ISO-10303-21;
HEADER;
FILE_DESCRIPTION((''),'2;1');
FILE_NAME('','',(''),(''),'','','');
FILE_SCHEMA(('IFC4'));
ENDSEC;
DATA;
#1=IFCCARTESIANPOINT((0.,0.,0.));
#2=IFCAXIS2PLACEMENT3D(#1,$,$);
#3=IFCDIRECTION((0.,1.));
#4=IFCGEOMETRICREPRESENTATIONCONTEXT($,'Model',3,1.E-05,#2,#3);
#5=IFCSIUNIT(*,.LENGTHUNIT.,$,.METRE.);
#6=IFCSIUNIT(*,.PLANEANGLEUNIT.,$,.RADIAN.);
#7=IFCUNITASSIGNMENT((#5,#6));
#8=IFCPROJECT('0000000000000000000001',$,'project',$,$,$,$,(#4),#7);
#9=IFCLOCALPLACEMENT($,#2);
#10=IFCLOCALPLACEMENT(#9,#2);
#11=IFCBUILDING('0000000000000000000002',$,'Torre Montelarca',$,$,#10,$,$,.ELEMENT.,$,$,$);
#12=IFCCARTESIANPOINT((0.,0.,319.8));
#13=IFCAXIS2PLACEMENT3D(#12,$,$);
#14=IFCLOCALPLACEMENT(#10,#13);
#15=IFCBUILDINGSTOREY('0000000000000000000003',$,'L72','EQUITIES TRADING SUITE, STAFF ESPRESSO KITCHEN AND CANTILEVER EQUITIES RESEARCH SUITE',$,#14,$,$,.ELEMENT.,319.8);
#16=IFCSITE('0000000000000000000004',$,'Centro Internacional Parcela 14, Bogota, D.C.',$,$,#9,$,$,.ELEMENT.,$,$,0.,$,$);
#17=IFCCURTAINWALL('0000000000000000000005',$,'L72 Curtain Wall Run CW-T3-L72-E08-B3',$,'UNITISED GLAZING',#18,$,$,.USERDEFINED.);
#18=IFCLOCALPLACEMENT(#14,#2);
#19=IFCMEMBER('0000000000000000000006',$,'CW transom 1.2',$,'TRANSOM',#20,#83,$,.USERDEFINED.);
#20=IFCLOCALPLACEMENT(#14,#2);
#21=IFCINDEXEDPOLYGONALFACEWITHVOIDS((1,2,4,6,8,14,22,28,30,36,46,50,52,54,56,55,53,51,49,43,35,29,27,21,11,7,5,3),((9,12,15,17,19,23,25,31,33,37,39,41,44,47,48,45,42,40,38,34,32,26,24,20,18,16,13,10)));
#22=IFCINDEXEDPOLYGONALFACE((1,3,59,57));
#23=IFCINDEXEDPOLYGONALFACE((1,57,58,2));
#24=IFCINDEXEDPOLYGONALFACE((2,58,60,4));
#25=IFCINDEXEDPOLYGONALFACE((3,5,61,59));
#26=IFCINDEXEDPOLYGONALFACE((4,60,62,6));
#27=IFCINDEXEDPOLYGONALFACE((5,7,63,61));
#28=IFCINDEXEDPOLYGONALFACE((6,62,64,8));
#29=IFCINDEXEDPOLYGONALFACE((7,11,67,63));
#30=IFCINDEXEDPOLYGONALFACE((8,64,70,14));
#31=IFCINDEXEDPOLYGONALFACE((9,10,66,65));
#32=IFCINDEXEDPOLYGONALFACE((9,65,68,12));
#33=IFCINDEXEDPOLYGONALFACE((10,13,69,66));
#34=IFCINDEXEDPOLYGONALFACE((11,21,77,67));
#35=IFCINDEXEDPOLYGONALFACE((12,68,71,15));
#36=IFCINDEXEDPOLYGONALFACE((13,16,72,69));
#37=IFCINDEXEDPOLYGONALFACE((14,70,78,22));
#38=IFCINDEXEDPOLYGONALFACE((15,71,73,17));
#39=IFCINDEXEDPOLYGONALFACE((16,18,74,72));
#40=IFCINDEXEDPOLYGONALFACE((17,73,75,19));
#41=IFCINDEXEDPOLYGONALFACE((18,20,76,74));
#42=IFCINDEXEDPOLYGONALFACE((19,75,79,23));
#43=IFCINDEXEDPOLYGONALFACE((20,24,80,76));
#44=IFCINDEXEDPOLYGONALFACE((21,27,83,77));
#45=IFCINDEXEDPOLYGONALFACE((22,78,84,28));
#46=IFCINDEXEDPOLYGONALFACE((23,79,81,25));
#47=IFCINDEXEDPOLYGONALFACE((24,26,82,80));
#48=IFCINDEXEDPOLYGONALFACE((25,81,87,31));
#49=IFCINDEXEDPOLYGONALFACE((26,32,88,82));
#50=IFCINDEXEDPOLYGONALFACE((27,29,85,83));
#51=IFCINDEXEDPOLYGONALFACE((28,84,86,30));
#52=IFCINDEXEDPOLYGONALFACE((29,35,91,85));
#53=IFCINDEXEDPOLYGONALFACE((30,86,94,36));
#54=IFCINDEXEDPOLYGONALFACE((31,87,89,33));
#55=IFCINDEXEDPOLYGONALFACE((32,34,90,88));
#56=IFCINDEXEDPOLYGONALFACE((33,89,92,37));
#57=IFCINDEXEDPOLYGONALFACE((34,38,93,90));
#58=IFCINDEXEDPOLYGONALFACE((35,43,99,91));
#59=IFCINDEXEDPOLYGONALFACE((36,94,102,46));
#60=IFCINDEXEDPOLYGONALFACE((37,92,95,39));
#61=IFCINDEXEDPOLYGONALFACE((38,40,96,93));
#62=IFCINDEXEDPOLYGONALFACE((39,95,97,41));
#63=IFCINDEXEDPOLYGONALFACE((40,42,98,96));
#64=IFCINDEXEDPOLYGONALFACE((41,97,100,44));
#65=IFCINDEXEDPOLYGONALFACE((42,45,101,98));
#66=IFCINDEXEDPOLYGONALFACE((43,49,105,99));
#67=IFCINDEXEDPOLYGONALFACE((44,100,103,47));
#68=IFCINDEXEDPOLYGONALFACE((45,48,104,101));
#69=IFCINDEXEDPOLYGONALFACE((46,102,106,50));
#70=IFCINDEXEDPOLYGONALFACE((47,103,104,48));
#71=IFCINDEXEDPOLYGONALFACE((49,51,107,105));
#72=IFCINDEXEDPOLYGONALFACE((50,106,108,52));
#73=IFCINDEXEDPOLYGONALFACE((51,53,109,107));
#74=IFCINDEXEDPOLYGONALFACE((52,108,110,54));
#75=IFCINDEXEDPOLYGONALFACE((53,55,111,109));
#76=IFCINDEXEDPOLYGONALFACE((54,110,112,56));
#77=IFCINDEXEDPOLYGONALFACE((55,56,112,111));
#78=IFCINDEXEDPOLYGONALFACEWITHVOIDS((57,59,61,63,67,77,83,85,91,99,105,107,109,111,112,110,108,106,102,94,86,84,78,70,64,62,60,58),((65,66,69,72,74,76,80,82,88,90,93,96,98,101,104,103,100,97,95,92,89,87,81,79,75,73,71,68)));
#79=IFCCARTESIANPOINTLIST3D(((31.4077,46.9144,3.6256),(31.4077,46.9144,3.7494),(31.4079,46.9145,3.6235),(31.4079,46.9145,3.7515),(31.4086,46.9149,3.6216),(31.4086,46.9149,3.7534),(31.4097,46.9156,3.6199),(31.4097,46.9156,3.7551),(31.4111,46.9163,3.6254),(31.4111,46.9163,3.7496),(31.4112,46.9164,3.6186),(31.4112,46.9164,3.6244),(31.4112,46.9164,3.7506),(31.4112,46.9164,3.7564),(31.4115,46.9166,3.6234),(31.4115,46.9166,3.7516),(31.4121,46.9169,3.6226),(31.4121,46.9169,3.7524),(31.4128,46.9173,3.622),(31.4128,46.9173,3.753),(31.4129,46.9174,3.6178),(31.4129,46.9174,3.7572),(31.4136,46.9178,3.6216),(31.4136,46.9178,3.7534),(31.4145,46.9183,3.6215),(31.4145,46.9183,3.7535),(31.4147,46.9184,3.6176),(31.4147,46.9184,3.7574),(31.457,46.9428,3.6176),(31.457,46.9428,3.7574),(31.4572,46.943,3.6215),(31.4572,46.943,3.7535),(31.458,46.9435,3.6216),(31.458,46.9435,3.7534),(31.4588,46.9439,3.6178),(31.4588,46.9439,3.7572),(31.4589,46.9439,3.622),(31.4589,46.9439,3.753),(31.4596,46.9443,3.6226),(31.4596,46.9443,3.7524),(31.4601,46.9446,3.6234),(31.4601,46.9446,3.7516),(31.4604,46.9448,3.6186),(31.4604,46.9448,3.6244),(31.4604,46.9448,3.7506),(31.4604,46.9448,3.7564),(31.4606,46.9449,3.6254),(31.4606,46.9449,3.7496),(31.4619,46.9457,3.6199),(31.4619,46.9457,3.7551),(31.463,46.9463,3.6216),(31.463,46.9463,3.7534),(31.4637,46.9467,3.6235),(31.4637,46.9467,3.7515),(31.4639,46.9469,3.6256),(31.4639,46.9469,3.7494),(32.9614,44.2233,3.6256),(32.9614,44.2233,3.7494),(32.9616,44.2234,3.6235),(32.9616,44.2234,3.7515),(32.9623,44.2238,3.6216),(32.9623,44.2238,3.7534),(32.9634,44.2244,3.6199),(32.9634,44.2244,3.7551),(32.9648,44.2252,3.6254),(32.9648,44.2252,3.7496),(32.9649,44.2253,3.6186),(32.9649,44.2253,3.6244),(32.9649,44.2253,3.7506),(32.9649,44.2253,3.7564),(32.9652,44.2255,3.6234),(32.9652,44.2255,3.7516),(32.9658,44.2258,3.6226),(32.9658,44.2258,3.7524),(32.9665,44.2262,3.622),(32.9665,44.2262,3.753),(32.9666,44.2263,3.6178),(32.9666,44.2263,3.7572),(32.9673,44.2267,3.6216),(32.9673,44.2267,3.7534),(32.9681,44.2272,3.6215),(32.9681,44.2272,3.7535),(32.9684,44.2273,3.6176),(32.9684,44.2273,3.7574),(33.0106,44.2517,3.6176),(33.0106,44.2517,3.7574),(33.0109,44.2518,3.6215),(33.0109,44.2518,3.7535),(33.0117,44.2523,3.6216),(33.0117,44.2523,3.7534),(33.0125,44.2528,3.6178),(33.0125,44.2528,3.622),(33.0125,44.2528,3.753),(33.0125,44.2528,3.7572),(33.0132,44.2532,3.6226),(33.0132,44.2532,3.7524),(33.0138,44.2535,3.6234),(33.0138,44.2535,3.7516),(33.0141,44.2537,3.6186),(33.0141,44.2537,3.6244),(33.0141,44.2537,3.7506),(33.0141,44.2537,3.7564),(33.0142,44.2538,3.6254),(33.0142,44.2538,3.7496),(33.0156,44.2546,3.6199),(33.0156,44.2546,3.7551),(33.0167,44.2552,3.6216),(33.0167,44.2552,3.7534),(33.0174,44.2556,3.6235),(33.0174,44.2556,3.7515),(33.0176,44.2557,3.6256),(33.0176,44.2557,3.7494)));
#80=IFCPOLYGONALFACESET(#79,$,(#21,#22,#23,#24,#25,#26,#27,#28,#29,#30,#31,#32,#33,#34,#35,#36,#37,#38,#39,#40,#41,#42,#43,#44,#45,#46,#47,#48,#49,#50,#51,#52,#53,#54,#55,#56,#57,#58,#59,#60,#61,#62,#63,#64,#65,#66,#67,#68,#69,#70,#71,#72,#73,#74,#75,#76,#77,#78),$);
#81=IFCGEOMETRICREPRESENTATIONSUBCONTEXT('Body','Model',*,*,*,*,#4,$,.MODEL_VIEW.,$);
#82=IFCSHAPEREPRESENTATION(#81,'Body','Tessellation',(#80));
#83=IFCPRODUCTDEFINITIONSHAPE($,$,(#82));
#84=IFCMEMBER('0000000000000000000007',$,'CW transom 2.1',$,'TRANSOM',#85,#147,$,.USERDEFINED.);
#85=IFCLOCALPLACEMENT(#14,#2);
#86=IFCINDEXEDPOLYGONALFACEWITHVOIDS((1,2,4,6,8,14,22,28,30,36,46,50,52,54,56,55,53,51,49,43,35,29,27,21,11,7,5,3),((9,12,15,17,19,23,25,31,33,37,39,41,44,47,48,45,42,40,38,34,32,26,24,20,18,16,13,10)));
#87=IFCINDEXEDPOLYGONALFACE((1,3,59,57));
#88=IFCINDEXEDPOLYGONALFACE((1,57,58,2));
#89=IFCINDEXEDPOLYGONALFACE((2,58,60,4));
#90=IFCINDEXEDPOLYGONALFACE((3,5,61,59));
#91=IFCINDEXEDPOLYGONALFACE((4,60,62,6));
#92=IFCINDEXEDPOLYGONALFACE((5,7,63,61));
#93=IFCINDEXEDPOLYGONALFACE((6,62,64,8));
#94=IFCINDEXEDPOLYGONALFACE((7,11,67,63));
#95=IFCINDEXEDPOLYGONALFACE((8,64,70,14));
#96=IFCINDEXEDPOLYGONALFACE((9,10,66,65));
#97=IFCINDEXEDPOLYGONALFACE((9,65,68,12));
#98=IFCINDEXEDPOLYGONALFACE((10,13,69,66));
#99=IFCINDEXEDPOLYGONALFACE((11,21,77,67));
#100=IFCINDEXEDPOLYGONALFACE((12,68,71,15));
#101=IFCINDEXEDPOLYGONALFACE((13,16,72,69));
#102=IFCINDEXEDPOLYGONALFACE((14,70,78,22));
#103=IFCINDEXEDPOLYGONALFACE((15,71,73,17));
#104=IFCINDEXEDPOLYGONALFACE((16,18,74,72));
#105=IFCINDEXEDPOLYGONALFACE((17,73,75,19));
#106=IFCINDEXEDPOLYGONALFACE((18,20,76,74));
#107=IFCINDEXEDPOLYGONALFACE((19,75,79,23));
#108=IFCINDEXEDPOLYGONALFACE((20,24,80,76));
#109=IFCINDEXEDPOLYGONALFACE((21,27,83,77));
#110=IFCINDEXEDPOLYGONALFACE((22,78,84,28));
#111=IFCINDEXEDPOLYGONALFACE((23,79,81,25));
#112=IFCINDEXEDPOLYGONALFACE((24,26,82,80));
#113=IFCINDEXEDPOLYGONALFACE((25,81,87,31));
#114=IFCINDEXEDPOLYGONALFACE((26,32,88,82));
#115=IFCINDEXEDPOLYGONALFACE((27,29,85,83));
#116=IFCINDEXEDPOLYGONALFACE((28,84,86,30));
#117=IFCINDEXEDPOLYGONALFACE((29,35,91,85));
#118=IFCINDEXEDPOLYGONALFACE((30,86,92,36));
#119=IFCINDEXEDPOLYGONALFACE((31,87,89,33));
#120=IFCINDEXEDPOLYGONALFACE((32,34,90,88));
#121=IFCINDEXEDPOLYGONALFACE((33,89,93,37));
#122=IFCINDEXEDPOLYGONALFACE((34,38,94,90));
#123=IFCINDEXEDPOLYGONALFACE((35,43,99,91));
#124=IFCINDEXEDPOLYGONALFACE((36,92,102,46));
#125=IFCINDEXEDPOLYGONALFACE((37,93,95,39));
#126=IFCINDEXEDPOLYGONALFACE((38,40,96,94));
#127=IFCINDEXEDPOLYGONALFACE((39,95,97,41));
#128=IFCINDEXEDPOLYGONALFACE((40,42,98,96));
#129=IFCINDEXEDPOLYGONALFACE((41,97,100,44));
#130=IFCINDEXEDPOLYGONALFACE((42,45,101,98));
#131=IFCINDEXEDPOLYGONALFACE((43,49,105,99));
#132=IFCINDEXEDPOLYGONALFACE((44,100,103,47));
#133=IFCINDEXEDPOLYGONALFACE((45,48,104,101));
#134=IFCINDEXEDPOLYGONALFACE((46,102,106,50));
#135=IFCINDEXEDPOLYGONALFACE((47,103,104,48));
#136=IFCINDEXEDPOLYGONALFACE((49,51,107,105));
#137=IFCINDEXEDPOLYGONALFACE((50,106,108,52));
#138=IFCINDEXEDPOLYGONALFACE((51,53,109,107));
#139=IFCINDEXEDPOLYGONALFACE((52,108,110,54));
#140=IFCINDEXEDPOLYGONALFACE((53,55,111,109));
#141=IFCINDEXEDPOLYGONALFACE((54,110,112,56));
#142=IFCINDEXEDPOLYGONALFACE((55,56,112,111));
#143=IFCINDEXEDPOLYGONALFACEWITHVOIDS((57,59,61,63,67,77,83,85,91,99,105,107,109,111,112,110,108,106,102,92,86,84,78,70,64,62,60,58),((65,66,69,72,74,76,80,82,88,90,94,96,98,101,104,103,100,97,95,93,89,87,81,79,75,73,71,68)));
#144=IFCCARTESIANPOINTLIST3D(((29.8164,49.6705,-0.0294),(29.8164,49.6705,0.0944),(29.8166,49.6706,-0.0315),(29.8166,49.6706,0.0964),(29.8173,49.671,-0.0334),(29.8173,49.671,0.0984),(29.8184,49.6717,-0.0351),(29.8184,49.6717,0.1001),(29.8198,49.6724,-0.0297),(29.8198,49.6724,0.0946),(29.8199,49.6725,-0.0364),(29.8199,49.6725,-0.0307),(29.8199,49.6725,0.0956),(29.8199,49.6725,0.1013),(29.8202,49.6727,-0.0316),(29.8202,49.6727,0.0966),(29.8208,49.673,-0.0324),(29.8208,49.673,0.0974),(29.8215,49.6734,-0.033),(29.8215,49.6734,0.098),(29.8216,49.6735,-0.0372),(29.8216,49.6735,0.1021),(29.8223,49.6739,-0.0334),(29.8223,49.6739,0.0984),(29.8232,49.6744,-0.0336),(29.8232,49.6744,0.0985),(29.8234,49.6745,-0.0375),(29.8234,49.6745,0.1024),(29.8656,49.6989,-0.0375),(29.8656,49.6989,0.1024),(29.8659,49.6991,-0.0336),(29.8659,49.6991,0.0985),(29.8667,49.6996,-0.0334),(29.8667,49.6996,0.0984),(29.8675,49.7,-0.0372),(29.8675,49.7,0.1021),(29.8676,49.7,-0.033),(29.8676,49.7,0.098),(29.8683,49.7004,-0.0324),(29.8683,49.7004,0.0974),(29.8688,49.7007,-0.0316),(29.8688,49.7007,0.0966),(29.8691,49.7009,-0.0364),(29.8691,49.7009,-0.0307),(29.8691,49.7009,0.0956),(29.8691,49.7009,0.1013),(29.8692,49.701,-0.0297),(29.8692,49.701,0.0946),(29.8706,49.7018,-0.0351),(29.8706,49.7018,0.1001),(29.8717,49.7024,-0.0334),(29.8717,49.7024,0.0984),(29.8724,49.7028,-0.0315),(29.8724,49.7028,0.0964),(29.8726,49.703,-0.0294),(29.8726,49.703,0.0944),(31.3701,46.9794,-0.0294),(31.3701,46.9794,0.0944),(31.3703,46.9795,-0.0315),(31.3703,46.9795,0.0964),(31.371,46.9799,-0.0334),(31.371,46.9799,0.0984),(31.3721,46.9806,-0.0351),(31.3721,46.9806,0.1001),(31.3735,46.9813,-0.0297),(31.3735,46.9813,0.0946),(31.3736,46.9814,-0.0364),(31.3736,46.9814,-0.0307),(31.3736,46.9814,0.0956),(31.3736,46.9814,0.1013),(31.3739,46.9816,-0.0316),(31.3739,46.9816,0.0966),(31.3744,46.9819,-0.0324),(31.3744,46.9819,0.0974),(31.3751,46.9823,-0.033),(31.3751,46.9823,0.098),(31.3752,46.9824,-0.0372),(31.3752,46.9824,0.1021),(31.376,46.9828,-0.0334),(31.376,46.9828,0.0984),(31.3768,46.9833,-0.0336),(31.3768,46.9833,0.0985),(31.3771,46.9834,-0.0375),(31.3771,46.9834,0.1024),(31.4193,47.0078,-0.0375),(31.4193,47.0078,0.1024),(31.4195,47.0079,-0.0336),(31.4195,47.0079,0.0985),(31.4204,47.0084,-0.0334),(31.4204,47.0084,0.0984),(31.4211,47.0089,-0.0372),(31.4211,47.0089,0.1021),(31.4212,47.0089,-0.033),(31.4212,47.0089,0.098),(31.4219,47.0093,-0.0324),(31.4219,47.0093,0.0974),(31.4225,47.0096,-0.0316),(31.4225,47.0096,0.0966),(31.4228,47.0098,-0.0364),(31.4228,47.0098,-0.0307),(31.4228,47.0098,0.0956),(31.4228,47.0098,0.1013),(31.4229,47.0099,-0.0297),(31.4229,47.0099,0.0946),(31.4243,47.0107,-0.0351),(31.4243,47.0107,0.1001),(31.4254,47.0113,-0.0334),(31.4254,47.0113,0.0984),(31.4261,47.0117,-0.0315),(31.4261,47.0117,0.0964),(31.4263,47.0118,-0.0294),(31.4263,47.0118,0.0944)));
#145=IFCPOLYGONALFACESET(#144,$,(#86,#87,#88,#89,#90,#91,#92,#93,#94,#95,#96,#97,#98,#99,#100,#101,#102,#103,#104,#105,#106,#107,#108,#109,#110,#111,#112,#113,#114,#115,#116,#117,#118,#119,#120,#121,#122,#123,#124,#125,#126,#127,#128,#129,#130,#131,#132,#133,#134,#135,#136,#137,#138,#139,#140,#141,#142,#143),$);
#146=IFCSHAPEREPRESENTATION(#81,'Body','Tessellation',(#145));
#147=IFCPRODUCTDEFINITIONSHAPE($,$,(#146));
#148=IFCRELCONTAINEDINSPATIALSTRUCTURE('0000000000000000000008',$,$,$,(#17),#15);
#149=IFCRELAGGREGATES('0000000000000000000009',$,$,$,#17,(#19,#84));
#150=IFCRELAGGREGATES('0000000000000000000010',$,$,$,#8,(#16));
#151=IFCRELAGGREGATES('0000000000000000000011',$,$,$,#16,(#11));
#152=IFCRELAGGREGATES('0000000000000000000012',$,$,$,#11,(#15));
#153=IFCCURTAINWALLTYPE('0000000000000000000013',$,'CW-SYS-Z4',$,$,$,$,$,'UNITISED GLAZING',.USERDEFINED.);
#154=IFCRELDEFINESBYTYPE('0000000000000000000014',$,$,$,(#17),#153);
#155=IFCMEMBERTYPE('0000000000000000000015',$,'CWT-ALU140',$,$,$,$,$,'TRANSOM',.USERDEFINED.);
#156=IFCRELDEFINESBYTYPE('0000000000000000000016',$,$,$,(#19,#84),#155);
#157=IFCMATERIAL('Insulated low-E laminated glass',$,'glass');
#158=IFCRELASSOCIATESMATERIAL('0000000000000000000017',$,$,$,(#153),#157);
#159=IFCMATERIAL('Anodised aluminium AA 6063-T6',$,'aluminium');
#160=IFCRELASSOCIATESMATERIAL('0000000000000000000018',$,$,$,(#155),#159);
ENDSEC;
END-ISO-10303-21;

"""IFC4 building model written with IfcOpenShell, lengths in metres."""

from ifc_helpers import new_model, si_unit, direction, frame, origin, origin_2d, place, context, subcontext, project, spatial, hollow_rectangle, extrude, source, transform, mapped, material, material_profile, profile_set, type_object, element, aggregate, save


model = new_model("IFC4")

# Units and contexts
model_context = context("Model", 3, precision=1e-05, world=origin(), true_north=direction((0.0, 1.0)))
body_context = subcontext(model_context, "Body", "Model", "MODEL_VIEW")
ifc_project = project(units=[si_unit("LENGTHUNIT", "METRE"), si_unit("PLANEANGLEUNIT", "RADIAN")], contexts=[model_context])

# Site, building, storey
site_placement = place(None, origin())
site = spatial("IfcSite", under=ifc_project, at=site_placement, Name="Centro Internacional Parcela 14, Bogota, D.C.", CompositionType="ELEMENT", RefElevation=0.0)
building_placement = place(site_placement, origin())
building = spatial("IfcBuilding", under=site, at=building_placement, Name="Torre Montelarca", CompositionType="ELEMENT")
storey_placement = place(building_placement, frame((0.0, 0.0, 319.8)))
storey = spatial("IfcBuildingStorey", under=building, at=storey_placement, Name="L72", Description="EQUITIES TRADING SUITE, STAFF ESPRESSO KITCHEN AND CANTILEVER EQUITIES RESEARCH SUITE", CompositionType="ELEMENT", Elevation=319.8)

# Curtain wall
ifc_material_1 = material(Name="Insulated low-E laminated glass", Category="glass")
curtain_wall_type = type_object("IfcCurtainWallType", Name="CW-SYS-Z4", ElementType="UNITISED GLAZING", PredefinedType="USERDEFINED", material=ifc_material_1)
curtain_wall_1_placement = place(storey_placement, origin())
curtain_wall_1 = element("IfcCurtainWall", 1, at=curtain_wall_1_placement, inside=storey, type_object=curtain_wall_type, Name="L72 Curtain Wall Run CW-T3-L72-E08-B3", ObjectType="UNITISED GLAZING", PredefinedType="USERDEFINED")
ifc_material_2 = material(Name="Anodised aluminium AA 6063-T6", Category="aluminium")

# Members
ifc_material_profile_1 = material_profile(ifc_material_2, hollow_rectangle(XDim=0.0649, YDim=0.1399, WallThickness=0.0039, InnerFilletRadius=0.0039, OuterFilletRadius=0.0081, at=origin_2d()), Name="ALU65X140X4", Category="aluminium")
ifc_profile_set_1 = profile_set([ifc_material_profile_1], Name="Anodised aluminium AA 6063-T6")
member_type_1 = type_object("IfcMemberType", Name="CWT-ALU140", ElementType="TRANSOM", PredefinedType="USERDEFINED", material=ifc_profile_set_1)
shared_shape_1 = source(origin(), body_context, "Body", "SweptSolid", [
    extrude(hollow_rectangle(XDim=0.0649, YDim=0.1399, WallThickness=0.0039, InnerFilletRadius=0.0039, OuterFilletRadius=0.0081, at=origin_2d()), origin(), (0.0, 0.0, 1.0), 3.1074),
])
member_1_placement = place(storey_placement, frame((32.9895, 44.2395, 3.6875), z_axis=(-0.499992, 0.86603, 0.0), x_axis=(-0.86603, -0.499992, 0.0)))
member_1 = element("IfcMember", 2, at=member_1_placement, type_object=member_type_1, Name="CW transom 1.2", ObjectType="TRANSOM", PredefinedType="USERDEFINED", context=body_context, shape_type="MappedRepresentation", body=[
    mapped(shared_shape_1, transform((0.0, 0.0, 0.0), scale=1.0)),
])
member_2_placement = place(storey_placement, frame((31.3982, 46.9956, 0.0325), z_axis=(-0.499992, 0.86603, 0.0), x_axis=(-0.86603, -0.499992, 0.0)))
member_2 = element("IfcMember", 3, at=member_2_placement, type_object=member_type_1, Name="CW transom 2.1", ObjectType="TRANSOM", PredefinedType="USERDEFINED", context=body_context, shape_type="MappedRepresentation", body=[
    mapped(shared_shape_1, transform((0.0, 0.0, 0.0), scale=1.0)),
])

aggregate(curtain_wall_1, [member_1, member_2])

save(model, "model.ifc")
